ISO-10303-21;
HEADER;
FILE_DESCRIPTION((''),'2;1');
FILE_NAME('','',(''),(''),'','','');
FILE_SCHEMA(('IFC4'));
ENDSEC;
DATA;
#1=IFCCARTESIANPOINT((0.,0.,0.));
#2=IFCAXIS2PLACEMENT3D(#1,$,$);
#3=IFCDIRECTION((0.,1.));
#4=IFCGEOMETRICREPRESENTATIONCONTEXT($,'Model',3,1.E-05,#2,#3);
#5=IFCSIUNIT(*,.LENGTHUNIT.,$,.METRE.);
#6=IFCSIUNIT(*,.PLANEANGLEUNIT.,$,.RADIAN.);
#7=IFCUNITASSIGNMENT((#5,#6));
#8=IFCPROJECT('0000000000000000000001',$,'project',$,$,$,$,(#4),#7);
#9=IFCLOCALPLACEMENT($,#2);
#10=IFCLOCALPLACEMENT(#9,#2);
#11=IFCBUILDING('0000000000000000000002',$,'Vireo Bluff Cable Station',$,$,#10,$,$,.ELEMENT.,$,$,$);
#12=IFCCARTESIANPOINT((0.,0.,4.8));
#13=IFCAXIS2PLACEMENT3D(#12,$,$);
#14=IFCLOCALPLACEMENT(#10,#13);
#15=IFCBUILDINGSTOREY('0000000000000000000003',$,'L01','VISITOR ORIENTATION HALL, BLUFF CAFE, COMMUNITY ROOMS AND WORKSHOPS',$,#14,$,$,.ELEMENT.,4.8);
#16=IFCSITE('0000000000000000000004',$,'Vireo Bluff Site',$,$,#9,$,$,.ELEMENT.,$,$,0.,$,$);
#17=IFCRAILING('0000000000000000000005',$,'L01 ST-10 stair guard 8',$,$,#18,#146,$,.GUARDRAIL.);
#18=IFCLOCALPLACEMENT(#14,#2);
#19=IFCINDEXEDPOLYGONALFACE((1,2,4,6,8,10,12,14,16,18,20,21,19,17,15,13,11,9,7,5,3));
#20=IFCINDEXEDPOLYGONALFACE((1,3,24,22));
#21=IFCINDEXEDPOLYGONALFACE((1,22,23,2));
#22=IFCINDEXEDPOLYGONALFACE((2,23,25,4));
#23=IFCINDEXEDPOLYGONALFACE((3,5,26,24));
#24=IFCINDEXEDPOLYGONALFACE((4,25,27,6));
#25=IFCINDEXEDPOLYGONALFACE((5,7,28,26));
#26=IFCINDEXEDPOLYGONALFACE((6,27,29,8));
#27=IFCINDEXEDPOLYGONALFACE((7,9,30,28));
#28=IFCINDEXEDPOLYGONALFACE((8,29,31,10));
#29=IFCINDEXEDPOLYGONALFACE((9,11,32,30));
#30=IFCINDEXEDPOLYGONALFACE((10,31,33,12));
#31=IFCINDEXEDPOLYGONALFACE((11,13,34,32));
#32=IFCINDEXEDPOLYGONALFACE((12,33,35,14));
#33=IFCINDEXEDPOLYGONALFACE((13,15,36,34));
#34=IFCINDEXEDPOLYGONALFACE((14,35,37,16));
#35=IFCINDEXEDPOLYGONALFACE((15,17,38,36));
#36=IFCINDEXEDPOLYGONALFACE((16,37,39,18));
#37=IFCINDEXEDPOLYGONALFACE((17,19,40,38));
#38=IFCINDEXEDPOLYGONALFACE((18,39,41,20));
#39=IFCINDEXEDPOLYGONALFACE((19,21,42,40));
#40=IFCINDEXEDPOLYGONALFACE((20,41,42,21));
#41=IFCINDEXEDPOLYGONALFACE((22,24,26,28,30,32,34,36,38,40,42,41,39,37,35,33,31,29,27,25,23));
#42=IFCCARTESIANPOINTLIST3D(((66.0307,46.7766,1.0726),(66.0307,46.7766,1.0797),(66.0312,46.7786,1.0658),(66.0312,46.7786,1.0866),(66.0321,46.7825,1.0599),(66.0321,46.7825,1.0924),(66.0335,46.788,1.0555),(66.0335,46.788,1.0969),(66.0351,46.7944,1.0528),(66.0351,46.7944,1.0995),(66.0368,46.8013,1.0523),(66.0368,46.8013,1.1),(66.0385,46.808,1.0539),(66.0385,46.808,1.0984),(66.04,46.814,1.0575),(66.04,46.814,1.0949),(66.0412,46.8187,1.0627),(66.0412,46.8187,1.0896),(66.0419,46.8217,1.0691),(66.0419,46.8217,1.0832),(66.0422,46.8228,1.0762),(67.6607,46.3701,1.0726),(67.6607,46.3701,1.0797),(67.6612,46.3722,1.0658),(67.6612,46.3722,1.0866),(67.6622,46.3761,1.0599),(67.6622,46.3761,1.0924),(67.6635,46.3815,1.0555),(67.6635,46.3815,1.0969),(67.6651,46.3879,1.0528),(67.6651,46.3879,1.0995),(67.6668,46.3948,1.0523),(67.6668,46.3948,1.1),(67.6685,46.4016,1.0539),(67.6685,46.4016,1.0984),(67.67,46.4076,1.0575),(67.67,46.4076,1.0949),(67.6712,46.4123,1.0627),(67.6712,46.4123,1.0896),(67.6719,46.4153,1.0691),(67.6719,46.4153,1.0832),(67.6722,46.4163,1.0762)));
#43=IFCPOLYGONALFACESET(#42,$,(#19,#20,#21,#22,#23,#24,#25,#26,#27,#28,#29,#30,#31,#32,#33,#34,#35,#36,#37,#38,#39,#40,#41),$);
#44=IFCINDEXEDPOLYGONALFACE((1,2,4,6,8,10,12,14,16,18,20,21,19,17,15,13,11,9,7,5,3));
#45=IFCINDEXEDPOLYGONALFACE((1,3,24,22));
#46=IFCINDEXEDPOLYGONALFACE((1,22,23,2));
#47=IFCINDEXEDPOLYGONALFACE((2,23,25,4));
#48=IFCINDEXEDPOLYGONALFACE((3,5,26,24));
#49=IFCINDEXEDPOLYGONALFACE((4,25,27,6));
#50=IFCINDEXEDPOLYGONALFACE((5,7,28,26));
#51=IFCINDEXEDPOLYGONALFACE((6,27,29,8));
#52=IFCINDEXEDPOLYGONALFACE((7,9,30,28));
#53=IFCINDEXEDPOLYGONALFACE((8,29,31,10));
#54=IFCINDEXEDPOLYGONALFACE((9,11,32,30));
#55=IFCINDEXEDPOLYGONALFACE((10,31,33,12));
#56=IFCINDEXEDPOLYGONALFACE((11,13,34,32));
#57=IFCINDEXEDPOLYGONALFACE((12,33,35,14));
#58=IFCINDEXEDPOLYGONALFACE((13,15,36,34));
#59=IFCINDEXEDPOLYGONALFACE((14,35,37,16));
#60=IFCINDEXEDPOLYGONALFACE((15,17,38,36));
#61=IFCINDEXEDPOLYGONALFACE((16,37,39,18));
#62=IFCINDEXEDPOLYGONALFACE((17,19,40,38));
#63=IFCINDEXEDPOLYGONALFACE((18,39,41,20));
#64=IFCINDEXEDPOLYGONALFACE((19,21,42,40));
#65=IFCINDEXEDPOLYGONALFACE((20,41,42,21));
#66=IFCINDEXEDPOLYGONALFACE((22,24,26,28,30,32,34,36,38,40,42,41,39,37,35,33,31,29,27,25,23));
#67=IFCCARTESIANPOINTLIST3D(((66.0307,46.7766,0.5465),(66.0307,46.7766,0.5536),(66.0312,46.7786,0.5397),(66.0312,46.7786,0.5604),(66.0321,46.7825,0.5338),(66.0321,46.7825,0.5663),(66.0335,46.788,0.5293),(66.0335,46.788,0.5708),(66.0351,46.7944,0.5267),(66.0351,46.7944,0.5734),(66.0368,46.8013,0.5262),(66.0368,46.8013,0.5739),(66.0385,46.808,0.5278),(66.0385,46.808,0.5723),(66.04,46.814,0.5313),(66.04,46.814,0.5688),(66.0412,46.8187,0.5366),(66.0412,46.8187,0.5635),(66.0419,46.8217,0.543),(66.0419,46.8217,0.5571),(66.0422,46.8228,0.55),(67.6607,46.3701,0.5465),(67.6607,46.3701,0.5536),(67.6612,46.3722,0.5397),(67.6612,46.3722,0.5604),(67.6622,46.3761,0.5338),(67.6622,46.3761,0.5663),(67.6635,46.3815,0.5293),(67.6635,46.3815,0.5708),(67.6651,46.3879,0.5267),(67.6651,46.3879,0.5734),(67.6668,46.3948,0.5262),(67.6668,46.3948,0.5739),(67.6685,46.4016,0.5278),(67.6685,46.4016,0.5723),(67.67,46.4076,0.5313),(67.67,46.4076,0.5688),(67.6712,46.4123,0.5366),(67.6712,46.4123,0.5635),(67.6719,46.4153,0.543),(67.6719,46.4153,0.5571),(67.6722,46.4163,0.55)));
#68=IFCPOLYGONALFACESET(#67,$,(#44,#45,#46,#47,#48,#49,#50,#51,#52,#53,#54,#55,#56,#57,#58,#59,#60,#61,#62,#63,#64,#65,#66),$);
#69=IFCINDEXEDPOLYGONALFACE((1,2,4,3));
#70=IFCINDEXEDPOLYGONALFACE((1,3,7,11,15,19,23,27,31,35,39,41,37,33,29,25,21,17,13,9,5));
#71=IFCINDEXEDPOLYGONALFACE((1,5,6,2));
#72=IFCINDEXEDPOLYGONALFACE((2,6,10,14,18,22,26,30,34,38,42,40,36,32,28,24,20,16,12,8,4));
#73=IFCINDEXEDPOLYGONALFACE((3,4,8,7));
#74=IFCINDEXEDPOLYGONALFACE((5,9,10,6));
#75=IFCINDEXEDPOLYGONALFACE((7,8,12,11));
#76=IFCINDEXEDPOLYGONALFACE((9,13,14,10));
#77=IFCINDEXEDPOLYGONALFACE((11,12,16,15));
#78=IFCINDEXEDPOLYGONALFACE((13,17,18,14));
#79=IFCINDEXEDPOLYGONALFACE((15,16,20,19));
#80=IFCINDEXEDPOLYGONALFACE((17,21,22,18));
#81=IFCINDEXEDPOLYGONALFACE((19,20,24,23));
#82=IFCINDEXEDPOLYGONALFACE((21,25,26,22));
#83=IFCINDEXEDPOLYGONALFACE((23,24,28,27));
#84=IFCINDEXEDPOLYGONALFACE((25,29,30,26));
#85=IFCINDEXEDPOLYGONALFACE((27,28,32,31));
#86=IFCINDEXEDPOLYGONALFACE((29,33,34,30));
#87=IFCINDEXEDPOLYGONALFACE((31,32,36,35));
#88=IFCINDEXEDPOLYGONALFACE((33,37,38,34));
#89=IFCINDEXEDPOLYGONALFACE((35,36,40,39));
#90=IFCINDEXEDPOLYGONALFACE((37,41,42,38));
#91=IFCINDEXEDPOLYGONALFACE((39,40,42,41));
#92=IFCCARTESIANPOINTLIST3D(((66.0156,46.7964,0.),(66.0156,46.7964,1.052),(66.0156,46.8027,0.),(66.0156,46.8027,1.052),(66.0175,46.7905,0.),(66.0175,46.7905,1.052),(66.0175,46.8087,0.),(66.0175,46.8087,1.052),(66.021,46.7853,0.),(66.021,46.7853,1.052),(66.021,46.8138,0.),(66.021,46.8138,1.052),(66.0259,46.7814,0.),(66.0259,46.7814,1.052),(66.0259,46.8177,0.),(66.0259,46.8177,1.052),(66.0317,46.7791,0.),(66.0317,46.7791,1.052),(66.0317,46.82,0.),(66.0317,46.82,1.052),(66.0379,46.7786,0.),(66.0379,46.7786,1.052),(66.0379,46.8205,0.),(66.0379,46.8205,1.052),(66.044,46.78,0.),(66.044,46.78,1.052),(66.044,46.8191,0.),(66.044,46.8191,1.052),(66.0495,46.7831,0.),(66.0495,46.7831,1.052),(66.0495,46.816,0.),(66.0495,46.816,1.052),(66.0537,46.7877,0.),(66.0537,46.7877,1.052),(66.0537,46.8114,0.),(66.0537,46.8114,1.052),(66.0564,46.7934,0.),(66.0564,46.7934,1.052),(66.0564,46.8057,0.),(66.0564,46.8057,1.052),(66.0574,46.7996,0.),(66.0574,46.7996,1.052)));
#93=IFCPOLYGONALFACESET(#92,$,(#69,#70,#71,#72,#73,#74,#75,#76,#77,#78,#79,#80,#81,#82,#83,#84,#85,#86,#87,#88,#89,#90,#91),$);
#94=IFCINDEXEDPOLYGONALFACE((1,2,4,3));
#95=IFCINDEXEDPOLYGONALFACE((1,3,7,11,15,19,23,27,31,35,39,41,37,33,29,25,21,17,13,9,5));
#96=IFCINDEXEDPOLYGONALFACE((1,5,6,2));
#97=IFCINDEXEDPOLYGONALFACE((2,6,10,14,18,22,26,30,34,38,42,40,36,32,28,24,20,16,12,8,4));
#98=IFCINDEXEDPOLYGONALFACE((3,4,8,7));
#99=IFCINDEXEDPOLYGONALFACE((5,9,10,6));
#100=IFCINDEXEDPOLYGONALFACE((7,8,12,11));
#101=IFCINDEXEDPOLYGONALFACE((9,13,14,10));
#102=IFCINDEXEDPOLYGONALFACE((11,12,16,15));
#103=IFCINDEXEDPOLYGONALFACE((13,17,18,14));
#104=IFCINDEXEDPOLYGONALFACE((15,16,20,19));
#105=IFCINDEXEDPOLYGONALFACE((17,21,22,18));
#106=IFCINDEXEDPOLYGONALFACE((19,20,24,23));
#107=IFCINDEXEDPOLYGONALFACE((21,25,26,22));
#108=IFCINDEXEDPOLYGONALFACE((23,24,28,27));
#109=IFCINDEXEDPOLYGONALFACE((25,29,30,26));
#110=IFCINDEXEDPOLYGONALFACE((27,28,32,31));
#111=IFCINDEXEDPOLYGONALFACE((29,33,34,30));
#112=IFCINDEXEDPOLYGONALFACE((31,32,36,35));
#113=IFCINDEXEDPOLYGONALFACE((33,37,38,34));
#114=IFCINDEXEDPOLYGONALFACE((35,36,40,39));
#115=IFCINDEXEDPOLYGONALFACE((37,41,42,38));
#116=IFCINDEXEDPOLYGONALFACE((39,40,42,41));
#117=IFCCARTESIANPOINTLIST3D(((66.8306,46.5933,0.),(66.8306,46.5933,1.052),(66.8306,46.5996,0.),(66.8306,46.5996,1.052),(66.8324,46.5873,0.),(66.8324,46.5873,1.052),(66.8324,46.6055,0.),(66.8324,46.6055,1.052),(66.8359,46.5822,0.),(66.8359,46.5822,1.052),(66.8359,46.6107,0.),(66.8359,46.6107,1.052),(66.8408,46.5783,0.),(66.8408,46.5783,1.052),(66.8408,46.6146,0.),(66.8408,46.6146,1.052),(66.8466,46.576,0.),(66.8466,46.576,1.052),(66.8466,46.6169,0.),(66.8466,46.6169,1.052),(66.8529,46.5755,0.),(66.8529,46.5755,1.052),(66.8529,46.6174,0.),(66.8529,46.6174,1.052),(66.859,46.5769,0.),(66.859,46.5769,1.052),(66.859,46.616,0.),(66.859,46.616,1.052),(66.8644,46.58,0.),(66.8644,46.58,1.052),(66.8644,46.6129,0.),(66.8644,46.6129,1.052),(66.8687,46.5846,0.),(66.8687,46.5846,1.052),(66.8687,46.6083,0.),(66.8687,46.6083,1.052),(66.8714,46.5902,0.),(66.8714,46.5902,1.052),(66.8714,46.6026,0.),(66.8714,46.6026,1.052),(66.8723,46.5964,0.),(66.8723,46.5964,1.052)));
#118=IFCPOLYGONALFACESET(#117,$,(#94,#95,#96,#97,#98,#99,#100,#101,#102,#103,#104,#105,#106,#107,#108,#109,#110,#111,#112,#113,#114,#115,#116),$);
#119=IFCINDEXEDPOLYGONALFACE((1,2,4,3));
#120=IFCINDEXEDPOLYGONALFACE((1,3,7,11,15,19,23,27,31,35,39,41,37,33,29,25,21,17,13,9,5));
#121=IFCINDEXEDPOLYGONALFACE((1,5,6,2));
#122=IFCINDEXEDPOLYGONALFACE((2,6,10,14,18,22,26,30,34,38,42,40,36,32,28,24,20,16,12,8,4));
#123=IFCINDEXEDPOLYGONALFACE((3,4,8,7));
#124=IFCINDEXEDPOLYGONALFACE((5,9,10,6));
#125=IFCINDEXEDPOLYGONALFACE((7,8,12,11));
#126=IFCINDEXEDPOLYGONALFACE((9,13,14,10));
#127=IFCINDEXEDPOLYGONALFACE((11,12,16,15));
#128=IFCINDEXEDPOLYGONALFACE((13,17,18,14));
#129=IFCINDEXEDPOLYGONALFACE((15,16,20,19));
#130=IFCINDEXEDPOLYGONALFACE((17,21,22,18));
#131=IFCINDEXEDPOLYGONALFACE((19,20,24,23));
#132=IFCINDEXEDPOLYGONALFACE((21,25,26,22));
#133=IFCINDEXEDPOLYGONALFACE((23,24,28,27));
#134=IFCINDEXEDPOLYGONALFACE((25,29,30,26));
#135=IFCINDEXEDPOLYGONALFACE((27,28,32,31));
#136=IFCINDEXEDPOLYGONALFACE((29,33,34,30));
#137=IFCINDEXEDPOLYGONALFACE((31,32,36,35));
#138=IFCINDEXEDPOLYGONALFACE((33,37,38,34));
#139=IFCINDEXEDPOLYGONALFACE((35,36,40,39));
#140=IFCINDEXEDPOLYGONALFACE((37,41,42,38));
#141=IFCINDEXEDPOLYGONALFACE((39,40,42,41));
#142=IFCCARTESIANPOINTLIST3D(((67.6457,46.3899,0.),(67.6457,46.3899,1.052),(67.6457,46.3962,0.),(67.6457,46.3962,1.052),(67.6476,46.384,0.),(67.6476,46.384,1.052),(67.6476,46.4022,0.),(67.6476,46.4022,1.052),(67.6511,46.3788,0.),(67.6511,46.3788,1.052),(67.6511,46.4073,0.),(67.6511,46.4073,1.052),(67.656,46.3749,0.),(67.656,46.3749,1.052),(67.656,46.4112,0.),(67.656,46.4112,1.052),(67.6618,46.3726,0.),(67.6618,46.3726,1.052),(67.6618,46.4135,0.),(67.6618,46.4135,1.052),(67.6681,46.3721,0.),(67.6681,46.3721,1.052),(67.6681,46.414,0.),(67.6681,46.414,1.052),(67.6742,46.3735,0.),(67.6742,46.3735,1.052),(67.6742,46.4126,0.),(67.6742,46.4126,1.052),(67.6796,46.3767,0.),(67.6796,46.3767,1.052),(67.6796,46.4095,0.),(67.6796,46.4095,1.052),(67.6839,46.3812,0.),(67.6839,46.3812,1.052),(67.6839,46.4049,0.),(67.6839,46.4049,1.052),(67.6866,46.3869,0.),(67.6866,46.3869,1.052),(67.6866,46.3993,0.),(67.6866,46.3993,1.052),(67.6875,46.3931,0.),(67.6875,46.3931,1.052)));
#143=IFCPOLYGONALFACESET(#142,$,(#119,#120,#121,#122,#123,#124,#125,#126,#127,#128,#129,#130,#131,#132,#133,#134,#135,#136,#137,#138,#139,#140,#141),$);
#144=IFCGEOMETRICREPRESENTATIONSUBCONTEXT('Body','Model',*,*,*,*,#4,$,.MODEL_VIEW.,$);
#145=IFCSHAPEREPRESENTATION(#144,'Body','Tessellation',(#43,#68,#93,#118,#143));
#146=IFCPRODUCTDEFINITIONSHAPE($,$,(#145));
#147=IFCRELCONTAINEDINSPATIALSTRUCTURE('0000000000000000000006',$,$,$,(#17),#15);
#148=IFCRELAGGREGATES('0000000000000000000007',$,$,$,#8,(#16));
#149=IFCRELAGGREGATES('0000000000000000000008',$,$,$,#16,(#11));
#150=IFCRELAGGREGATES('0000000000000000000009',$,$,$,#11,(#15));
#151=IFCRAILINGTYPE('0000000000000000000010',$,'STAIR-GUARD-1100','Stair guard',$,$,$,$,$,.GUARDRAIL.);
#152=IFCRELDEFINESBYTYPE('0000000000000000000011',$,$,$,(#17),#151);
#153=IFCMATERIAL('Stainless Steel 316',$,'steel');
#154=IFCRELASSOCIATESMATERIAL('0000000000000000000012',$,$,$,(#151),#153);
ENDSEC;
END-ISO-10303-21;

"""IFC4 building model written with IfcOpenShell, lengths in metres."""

from ifc_helpers import new_model, si_unit, direction, frame, origin, origin_2d, place, context, subcontext, project, spatial, circle, extrude, material, type_object, element, save


model = new_model("IFC4")

# Units and contexts
model_context = context("Model", 3, precision=1e-05, world=origin(), true_north=direction((0.0, 1.0)))
body_context = subcontext(model_context, "Body", "Model", "MODEL_VIEW")
ifc_project = project(units=[si_unit("LENGTHUNIT", "METRE"), si_unit("PLANEANGLEUNIT", "RADIAN")], contexts=[model_context])

# Site, building, storey
site_placement = place(None, origin())
site = spatial("IfcSite", under=ifc_project, at=site_placement, Name="Vireo Bluff Site", CompositionType="ELEMENT", RefElevation=0.0)
building_placement = place(site_placement, origin())
building = spatial("IfcBuilding", under=site, at=building_placement, Name="Vireo Bluff Cable Station", CompositionType="ELEMENT")
storey_placement = place(building_placement, frame((0.0, 0.0, 4.8)))
storey = spatial("IfcBuildingStorey", under=building, at=storey_placement, Name="L01", Description="VISITOR ORIENTATION HALL, BLUFF CAFE, COMMUNITY ROOMS AND WORKSHOPS", CompositionType="ELEMENT", Elevation=4.8)

# Shared definitions
ifc_material_1 = material(Name="Stainless Steel 316", Category="steel")

# Railing
railing_type_1 = type_object("IfcRailingType", Name="STAIR-GUARD-1100", Description="Stair guard", PredefinedType="GUARDRAIL", material=ifc_material_1)
railing_1_placement = place(storey_placement, frame((66.0364, 46.7996, 0.0)))
element("IfcRailing", 1, at=railing_1_placement, inside=storey, type_object=railing_type_1, Name="L01 ST-10 stair guard 8", PredefinedType="GUARDRAIL", context=body_context, shape_type="SweptSolid", body=[
    extrude(circle(Radius=0.0239, at=origin_2d()), frame((0.0, 0.0, 1.0762), z_axis=(0.970288, -0.241954, 0.0), x_axis=(0.241954, 0.970288, 0.0)), (0.0, 0.0, 1.0), 1.6799),
    extrude(circle(Radius=0.0239, at=origin_2d()), frame((0.0, 0.0, 0.55), z_axis=(0.970288, -0.241954, 0.0), x_axis=(0.241954, 0.970288, 0.0)), (0.0, 0.0, 1.0), 1.6799),
    extrude(circle(Radius=0.021, at=origin_2d()), origin(), (0.0, 0.0, 1.0), 1.052),
    extrude(circle(Radius=0.021, at=origin_2d()), frame((0.8149, -0.2031, 0.0)), (0.0, 0.0, 1.0), 1.052),
    extrude(circle(Radius=0.021, at=origin_2d()), frame((1.6301, -0.4065, 0.0)), (0.0, 0.0, 1.0), 1.052),
])

save(model, "model.ifc")
